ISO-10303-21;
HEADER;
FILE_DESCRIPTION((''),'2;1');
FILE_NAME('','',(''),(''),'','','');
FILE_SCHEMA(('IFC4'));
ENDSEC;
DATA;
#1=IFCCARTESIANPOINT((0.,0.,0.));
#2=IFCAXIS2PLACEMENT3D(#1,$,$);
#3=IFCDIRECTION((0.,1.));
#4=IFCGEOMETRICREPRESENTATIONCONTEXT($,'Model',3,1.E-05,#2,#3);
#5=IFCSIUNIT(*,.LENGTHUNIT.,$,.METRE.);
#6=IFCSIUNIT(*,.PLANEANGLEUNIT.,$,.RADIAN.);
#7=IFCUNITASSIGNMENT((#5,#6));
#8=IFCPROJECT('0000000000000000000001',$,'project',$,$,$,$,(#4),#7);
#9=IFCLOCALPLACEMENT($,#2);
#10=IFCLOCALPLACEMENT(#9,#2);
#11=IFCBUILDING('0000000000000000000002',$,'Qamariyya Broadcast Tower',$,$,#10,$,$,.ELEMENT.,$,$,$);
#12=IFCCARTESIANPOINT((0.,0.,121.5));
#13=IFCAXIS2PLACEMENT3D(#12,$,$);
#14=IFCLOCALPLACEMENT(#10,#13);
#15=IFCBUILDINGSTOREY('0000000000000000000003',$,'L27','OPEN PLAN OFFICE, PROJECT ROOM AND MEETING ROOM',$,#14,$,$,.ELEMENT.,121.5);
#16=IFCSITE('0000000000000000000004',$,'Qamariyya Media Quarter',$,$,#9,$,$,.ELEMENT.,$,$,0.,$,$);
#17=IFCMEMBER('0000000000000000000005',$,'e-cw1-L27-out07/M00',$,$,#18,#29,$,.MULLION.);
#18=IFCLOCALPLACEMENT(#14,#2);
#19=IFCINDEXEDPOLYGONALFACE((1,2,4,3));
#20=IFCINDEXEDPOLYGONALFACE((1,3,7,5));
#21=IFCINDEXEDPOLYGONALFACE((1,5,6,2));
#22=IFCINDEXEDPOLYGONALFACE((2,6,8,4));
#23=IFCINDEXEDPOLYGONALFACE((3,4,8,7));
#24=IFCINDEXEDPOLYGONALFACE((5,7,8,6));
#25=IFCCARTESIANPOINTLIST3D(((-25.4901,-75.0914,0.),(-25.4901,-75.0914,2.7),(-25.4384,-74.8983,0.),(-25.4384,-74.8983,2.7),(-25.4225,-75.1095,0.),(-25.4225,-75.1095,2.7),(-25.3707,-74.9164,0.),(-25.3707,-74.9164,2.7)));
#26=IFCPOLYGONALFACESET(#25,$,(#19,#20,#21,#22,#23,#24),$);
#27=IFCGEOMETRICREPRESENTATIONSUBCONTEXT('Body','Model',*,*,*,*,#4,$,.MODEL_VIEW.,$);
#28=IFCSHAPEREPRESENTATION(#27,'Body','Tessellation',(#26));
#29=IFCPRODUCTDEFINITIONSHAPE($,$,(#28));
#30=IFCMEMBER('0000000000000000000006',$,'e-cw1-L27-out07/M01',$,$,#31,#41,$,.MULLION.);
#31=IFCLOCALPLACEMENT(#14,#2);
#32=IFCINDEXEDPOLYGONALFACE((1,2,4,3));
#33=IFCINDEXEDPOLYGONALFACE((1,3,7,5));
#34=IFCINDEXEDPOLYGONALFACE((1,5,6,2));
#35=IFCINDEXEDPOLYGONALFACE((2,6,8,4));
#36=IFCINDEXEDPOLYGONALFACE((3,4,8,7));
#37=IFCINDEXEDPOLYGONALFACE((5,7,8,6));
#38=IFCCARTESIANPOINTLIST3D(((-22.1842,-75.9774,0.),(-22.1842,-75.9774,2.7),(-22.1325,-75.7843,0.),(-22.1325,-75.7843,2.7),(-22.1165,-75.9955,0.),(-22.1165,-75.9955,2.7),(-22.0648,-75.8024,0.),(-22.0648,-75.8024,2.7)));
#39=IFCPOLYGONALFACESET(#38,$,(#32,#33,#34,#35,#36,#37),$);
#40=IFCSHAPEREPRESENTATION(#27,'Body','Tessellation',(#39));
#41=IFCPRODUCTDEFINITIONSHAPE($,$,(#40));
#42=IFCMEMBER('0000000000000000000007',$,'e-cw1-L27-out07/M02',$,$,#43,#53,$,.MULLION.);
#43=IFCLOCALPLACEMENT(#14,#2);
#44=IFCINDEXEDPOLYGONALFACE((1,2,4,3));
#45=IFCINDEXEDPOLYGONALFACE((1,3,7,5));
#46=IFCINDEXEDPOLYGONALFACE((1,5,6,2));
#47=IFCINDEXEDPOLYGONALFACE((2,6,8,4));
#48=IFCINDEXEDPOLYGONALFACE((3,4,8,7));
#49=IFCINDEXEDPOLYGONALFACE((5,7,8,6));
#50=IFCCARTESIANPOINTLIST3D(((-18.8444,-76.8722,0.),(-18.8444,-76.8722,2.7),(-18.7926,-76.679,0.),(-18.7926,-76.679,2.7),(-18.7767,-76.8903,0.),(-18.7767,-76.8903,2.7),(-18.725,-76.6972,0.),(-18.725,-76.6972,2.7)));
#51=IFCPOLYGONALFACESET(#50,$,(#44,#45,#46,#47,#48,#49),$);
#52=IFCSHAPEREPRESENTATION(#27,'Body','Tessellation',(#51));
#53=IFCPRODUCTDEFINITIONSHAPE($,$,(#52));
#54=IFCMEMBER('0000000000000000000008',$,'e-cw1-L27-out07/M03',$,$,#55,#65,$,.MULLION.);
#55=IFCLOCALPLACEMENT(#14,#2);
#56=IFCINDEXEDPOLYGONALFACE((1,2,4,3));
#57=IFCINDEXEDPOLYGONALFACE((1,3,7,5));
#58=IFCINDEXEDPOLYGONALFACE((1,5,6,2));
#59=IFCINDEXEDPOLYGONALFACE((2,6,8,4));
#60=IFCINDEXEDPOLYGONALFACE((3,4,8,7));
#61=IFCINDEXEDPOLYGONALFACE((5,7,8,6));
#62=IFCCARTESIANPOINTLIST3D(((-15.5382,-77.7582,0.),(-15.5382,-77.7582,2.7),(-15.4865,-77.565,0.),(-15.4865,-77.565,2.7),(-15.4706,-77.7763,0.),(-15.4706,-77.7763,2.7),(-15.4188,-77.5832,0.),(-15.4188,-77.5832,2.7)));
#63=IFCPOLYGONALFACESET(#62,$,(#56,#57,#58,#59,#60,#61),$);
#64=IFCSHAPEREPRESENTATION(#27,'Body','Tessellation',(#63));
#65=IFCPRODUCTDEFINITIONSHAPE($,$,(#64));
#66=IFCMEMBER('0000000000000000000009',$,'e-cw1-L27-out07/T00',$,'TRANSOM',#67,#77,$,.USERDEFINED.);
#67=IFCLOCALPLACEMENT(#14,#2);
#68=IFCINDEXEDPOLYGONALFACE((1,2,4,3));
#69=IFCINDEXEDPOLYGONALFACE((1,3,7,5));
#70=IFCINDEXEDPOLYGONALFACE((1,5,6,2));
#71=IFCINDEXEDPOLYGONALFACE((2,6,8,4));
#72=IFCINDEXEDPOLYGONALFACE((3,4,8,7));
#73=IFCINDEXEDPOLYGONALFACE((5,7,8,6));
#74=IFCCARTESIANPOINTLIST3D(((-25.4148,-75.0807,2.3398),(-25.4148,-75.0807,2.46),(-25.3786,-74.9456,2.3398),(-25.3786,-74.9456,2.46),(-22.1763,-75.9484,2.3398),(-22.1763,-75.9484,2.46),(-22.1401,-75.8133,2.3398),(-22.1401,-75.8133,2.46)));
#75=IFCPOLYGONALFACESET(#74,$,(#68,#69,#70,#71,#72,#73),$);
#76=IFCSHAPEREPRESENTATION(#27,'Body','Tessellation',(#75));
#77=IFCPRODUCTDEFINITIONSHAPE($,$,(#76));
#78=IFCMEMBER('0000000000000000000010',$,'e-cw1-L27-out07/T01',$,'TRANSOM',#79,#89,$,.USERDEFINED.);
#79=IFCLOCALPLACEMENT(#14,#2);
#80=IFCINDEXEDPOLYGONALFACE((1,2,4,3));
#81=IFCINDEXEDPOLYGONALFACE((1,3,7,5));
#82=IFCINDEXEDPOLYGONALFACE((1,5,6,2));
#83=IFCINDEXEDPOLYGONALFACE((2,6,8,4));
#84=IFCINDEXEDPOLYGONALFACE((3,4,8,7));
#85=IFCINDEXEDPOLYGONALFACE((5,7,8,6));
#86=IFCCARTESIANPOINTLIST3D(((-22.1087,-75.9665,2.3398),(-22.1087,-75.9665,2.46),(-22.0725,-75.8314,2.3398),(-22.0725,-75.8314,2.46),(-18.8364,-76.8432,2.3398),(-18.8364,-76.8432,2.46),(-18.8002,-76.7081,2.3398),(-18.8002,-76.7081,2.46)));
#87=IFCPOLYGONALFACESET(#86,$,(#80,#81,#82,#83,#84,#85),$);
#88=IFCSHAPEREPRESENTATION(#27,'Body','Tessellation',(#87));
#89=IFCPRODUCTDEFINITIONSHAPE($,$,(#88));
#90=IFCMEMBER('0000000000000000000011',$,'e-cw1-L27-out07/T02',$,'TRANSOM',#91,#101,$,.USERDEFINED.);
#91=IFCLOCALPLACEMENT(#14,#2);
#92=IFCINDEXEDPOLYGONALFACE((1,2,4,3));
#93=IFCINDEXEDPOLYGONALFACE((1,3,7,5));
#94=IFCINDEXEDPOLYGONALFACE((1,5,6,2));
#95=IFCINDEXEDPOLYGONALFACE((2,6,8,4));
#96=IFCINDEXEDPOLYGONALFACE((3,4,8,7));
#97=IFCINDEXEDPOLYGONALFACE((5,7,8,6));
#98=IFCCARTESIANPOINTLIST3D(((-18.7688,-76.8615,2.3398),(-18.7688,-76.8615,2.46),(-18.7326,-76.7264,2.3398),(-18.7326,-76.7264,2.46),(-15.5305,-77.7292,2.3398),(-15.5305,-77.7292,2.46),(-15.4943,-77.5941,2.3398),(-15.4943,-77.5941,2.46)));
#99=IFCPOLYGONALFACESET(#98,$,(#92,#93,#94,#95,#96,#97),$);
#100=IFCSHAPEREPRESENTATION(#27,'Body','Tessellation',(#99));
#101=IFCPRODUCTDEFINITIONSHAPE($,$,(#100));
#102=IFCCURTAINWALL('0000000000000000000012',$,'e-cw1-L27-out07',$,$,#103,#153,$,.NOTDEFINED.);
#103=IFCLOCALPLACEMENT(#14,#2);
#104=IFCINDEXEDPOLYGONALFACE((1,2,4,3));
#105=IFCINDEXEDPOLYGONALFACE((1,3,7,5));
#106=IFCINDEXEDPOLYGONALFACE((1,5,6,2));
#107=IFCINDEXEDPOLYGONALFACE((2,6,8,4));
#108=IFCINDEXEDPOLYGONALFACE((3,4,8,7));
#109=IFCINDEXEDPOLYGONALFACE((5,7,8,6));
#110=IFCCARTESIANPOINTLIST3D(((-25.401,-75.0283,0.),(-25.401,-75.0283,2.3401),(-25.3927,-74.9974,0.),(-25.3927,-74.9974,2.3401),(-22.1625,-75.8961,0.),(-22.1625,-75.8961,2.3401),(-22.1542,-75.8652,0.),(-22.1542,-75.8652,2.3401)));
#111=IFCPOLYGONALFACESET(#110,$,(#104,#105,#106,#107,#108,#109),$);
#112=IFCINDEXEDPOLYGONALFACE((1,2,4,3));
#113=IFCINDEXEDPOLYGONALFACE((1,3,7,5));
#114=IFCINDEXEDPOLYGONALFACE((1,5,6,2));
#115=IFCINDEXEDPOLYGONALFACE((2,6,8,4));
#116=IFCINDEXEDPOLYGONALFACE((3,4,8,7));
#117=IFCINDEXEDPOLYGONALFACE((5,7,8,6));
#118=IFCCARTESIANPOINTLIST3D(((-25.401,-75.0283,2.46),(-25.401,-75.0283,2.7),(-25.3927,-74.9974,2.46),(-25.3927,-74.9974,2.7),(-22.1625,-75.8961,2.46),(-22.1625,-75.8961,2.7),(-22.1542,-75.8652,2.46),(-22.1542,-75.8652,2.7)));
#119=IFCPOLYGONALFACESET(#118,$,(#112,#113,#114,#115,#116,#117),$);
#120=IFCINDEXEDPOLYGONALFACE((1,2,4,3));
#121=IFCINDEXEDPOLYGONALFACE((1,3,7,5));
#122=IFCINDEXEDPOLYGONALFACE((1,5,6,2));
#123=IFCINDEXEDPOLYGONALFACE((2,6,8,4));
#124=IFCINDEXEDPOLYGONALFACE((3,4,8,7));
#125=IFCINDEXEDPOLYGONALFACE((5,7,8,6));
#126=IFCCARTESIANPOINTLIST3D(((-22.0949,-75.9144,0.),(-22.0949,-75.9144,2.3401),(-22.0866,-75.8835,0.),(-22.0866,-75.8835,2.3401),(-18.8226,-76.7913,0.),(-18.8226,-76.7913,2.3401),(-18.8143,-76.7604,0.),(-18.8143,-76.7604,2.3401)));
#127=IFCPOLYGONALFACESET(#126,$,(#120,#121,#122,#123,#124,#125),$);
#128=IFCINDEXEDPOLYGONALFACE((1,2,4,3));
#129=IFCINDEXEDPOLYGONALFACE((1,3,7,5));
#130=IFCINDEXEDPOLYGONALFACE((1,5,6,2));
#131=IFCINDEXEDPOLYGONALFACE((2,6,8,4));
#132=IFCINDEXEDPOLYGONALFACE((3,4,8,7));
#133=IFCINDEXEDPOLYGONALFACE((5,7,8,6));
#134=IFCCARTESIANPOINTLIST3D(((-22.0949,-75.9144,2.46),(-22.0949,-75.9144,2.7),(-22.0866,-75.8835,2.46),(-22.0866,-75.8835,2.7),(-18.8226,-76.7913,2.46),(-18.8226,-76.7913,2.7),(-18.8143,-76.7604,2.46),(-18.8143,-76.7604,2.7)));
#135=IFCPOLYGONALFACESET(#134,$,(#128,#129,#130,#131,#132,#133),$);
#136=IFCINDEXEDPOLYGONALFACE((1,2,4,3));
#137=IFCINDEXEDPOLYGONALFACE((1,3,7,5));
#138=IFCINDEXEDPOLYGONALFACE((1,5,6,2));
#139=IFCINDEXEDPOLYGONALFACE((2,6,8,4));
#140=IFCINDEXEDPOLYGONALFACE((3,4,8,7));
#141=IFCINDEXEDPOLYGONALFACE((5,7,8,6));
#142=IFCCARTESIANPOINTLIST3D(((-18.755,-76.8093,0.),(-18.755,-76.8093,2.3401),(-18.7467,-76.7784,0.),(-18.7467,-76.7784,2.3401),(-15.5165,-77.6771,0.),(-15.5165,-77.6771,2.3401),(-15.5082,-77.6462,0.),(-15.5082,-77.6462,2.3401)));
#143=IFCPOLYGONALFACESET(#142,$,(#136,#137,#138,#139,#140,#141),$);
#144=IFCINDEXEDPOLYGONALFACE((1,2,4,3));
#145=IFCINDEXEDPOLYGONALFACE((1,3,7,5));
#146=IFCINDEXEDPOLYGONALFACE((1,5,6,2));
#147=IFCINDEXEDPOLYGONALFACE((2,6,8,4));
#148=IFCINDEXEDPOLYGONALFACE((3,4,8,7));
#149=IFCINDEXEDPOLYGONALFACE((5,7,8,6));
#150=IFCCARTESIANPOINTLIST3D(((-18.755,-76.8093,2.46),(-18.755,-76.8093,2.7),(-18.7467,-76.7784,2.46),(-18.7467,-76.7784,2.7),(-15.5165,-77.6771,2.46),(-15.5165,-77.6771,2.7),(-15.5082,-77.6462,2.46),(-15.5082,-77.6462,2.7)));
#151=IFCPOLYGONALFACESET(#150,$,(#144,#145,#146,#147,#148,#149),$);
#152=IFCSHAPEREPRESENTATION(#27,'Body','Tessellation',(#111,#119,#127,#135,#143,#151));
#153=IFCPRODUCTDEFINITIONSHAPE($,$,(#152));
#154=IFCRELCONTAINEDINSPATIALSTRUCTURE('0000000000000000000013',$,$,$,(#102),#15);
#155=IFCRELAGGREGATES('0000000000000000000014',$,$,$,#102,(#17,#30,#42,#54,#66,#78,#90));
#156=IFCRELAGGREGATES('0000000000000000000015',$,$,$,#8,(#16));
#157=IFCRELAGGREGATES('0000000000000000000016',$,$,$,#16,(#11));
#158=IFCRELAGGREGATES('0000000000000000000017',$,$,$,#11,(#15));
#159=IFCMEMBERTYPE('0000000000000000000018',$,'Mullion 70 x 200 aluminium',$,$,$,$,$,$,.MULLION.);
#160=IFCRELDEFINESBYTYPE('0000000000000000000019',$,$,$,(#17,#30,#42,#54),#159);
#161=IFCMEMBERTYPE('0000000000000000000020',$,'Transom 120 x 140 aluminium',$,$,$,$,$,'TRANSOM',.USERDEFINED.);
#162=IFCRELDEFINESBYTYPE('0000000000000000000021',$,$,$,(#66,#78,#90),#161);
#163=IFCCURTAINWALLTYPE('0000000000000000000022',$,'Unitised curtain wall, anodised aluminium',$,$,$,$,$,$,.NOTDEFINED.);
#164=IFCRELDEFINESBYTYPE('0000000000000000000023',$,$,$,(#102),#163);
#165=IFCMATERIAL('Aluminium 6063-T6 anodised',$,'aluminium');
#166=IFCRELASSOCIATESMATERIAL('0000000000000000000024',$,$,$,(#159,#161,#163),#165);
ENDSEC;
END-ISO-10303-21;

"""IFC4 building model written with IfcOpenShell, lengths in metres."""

from ifc_helpers import new_model, si_unit, direction, frame, origin, origin_2d, place, context, subcontext, project, spatial, rectangle, extrude, material, material_profile, profile_set, type_object, element, aggregate, save


model = new_model("IFC4")

# Units and contexts
model_context = context("Model", 3, precision=1e-05, world=origin(), true_north=direction((0.0, 1.0)))
body_context = subcontext(model_context, "Body", "Model", "MODEL_VIEW")
ifc_project = project(units=[si_unit("LENGTHUNIT", "METRE"), si_unit("PLANEANGLEUNIT", "RADIAN")], contexts=[model_context])

# Members
ifc_material = material(Name="Aluminium 6063-T6 anodised", Category="aluminium")
ifc_material_profile_1 = material_profile(ifc_material, rectangle(XDim=0.2, YDim=0.0701, at=origin_2d()))
ifc_profile_set_1 = profile_set([ifc_material_profile_1], Name="Aluminium 6063-T6 anodised")
member_type_1 = type_object("IfcMemberType", Name="Mullion 70 x 200 aluminium", PredefinedType="MULLION", material=ifc_profile_set_1)
site_placement = place(None, origin())
building_placement = place(site_placement, origin())
storey_placement = place(building_placement, frame((0.0, 0.0, 121.5)))
member_1_placement = place(storey_placement, frame((-25.4304, -75.0039, 0.0), z_axis=(0.0, 0.0, 1.0), x_axis=(0.258819, 0.965926, 0.0)))
member_1 = element("IfcMember", 1, at=member_1_placement, type_object=member_type_1, Name="e-cw1-L27-out07/M00", PredefinedType="MULLION", context=body_context, shape_type="SweptSolid", body=[
    extrude(rectangle(XDim=0.2, YDim=0.0701, at=origin_2d()), origin(), (0.0, 0.0, 1.0), 2.7),
])
member_2_placement = place(storey_placement, frame((-22.1245, -75.8899, 0.0), z_axis=(0.0, 0.0, 1.0), x_axis=(0.258819, 0.965926, 0.0)))
member_2 = element("IfcMember", 2, at=member_2_placement, type_object=member_type_1, Name="e-cw1-L27-out07/M01", PredefinedType="MULLION", context=body_context, shape_type="SweptSolid", body=[
    extrude(rectangle(XDim=0.2, YDim=0.0701, at=origin_2d()), origin(), (0.0, 0.0, 1.0), 2.7),
])
member_3_placement = place(storey_placement, frame((-18.7847, -76.7847, 0.0), z_axis=(0.0, 0.0, 1.0), x_axis=(0.258819, 0.965926, 0.0)))
member_3 = element("IfcMember", 3, at=member_3_placement, type_object=member_type_1, Name="e-cw1-L27-out07/M02", PredefinedType="MULLION", context=body_context, shape_type="SweptSolid", body=[
    extrude(rectangle(XDim=0.2, YDim=0.0701, at=origin_2d()), origin(), (0.0, 0.0, 1.0), 2.7),
])
member_4_placement = place(storey_placement, frame((-15.4785, -77.6707, 0.0), z_axis=(0.0, 0.0, 1.0), x_axis=(0.258819, 0.965926, 0.0)))
member_4 = element("IfcMember", 4, at=member_4_placement, type_object=member_type_1, Name="e-cw1-L27-out07/M03", PredefinedType="MULLION", context=body_context, shape_type="SweptSolid", body=[
    extrude(rectangle(XDim=0.2, YDim=0.0701, at=origin_2d()), origin(), (0.0, 0.0, 1.0), 2.7),
])
ifc_material_profile_2 = material_profile(ifc_material, rectangle(XDim=0.1399, YDim=0.1201, at=origin_2d()))
ifc_profile_set_2 = profile_set([ifc_material_profile_2], Name="Aluminium 6063-T6 anodised")
member_type_2 = type_object("IfcMemberType", Name="Transom 120 x 140 aluminium", ElementType="TRANSOM", PredefinedType="USERDEFINED", material=ifc_profile_set_2)
member_5_placement = place(storey_placement, frame((-25.3967, -75.0132, 2.3999), z_axis=(0.965932, -0.258796, 0.0), x_axis=(0.258796, 0.965932, 0.0)))
member_5 = element("IfcMember", 5, at=member_5_placement, type_object=member_type_2, Name="e-cw1-L27-out07/T00", ObjectType="TRANSOM", PredefinedType="USERDEFINED", context=body_context, shape_type="SweptSolid", body=[
    extrude(rectangle(XDim=0.1399, YDim=0.1201, at=origin_2d()), origin(), (0.0, 0.0, 1.0), 3.3528),
])
member_6_placement = place(storey_placement, frame((-22.0906, -75.8989, 2.3999), z_axis=(0.965932, -0.258797, 0.0), x_axis=(0.258797, 0.965932, 0.0)))
member_6 = element("IfcMember", 6, at=member_6_placement, type_object=member_type_2, Name="e-cw1-L27-out07/T01", ObjectType="TRANSOM", PredefinedType="USERDEFINED", context=body_context, shape_type="SweptSolid", body=[
    extrude(rectangle(XDim=0.1399, YDim=0.1201, at=origin_2d()), origin(), (0.0, 0.0, 1.0), 3.3877),
])
member_7_placement = place(storey_placement, frame((-18.7507, -76.7939, 2.3999), z_axis=(0.965927, -0.258814, 0.0), x_axis=(0.258814, 0.965927, 0.0)))
member_7 = element("IfcMember", 7, at=member_7_placement, type_object=member_type_2, Name="e-cw1-L27-out07/T02", ObjectType="TRANSOM", PredefinedType="USERDEFINED", context=body_context, shape_type="SweptSolid", body=[
    extrude(rectangle(XDim=0.1399, YDim=0.1201, at=origin_2d()), origin(), (0.0, 0.0, 1.0), 3.3525),
])

# Site, building, storey
site = spatial("IfcSite", under=ifc_project, at=site_placement, Name="Qamariyya Media Quarter", CompositionType="ELEMENT", RefElevation=0.0)
building = spatial("IfcBuilding", under=site, at=building_placement, Name="Qamariyya Broadcast Tower", CompositionType="ELEMENT")
storey = spatial("IfcBuildingStorey", under=building, at=storey_placement, Name="L27", Description="OPEN PLAN OFFICE, PROJECT ROOM AND MEETING ROOM", CompositionType="ELEMENT", Elevation=121.5)

# Curtain wall
curtain_wall_type = type_object("IfcCurtainWallType", Name="Unitised curtain wall, anodised aluminium", PredefinedType="NOTDEFINED", material=ifc_material)
curtain_wall_1_placement = place(storey_placement, origin())
curtain_wall_1 = element("IfcCurtainWall", 8, at=curtain_wall_1_placement, inside=storey, type_object=curtain_wall_type, Name="e-cw1-L27-out07", PredefinedType="NOTDEFINED", context=body_context, shape_type="SweptSolid", body=[
    extrude(rectangle(XDim=3.3528, YDim=0.032, at=origin_2d()), frame((-23.7776, -75.4468, 0.0), x_axis=(0.965924, -0.258827, 0.0)), (0.0, 0.0, 1.0), 2.3401),
    extrude(rectangle(XDim=3.3528, YDim=0.032, at=origin_2d()), frame((-23.7776, -75.4468, 2.46), x_axis=(0.965924, -0.258827, 0.0)), (0.0, 0.0, 1.0), 0.24),
    extrude(rectangle(XDim=3.3877, YDim=0.032, at=origin_2d()), frame((-20.4546, -76.3374, 0.0), x_axis=(0.965924, -0.258827, 0.0)), (0.0, 0.0, 1.0), 2.3401),
    extrude(rectangle(XDim=3.3877, YDim=0.032, at=origin_2d()), frame((-20.4546, -76.3374, 2.46), x_axis=(0.965924, -0.258827, 0.0)), (0.0, 0.0, 1.0), 0.24),
    extrude(rectangle(XDim=3.3528, YDim=0.032, at=origin_2d()), frame((-17.1316, -77.2278, 0.0), x_axis=(0.965924, -0.258827, 0.0)), (0.0, 0.0, 1.0), 2.3401),
    extrude(rectangle(XDim=3.3528, YDim=0.032, at=origin_2d()), frame((-17.1316, -77.2278, 2.46), x_axis=(0.965924, -0.258827, 0.0)), (0.0, 0.0, 1.0), 0.24),
])
aggregate(curtain_wall_1, [member_1, member_2, member_3, member_4, member_5, member_6, member_7])

save(model, "model.ifc")
